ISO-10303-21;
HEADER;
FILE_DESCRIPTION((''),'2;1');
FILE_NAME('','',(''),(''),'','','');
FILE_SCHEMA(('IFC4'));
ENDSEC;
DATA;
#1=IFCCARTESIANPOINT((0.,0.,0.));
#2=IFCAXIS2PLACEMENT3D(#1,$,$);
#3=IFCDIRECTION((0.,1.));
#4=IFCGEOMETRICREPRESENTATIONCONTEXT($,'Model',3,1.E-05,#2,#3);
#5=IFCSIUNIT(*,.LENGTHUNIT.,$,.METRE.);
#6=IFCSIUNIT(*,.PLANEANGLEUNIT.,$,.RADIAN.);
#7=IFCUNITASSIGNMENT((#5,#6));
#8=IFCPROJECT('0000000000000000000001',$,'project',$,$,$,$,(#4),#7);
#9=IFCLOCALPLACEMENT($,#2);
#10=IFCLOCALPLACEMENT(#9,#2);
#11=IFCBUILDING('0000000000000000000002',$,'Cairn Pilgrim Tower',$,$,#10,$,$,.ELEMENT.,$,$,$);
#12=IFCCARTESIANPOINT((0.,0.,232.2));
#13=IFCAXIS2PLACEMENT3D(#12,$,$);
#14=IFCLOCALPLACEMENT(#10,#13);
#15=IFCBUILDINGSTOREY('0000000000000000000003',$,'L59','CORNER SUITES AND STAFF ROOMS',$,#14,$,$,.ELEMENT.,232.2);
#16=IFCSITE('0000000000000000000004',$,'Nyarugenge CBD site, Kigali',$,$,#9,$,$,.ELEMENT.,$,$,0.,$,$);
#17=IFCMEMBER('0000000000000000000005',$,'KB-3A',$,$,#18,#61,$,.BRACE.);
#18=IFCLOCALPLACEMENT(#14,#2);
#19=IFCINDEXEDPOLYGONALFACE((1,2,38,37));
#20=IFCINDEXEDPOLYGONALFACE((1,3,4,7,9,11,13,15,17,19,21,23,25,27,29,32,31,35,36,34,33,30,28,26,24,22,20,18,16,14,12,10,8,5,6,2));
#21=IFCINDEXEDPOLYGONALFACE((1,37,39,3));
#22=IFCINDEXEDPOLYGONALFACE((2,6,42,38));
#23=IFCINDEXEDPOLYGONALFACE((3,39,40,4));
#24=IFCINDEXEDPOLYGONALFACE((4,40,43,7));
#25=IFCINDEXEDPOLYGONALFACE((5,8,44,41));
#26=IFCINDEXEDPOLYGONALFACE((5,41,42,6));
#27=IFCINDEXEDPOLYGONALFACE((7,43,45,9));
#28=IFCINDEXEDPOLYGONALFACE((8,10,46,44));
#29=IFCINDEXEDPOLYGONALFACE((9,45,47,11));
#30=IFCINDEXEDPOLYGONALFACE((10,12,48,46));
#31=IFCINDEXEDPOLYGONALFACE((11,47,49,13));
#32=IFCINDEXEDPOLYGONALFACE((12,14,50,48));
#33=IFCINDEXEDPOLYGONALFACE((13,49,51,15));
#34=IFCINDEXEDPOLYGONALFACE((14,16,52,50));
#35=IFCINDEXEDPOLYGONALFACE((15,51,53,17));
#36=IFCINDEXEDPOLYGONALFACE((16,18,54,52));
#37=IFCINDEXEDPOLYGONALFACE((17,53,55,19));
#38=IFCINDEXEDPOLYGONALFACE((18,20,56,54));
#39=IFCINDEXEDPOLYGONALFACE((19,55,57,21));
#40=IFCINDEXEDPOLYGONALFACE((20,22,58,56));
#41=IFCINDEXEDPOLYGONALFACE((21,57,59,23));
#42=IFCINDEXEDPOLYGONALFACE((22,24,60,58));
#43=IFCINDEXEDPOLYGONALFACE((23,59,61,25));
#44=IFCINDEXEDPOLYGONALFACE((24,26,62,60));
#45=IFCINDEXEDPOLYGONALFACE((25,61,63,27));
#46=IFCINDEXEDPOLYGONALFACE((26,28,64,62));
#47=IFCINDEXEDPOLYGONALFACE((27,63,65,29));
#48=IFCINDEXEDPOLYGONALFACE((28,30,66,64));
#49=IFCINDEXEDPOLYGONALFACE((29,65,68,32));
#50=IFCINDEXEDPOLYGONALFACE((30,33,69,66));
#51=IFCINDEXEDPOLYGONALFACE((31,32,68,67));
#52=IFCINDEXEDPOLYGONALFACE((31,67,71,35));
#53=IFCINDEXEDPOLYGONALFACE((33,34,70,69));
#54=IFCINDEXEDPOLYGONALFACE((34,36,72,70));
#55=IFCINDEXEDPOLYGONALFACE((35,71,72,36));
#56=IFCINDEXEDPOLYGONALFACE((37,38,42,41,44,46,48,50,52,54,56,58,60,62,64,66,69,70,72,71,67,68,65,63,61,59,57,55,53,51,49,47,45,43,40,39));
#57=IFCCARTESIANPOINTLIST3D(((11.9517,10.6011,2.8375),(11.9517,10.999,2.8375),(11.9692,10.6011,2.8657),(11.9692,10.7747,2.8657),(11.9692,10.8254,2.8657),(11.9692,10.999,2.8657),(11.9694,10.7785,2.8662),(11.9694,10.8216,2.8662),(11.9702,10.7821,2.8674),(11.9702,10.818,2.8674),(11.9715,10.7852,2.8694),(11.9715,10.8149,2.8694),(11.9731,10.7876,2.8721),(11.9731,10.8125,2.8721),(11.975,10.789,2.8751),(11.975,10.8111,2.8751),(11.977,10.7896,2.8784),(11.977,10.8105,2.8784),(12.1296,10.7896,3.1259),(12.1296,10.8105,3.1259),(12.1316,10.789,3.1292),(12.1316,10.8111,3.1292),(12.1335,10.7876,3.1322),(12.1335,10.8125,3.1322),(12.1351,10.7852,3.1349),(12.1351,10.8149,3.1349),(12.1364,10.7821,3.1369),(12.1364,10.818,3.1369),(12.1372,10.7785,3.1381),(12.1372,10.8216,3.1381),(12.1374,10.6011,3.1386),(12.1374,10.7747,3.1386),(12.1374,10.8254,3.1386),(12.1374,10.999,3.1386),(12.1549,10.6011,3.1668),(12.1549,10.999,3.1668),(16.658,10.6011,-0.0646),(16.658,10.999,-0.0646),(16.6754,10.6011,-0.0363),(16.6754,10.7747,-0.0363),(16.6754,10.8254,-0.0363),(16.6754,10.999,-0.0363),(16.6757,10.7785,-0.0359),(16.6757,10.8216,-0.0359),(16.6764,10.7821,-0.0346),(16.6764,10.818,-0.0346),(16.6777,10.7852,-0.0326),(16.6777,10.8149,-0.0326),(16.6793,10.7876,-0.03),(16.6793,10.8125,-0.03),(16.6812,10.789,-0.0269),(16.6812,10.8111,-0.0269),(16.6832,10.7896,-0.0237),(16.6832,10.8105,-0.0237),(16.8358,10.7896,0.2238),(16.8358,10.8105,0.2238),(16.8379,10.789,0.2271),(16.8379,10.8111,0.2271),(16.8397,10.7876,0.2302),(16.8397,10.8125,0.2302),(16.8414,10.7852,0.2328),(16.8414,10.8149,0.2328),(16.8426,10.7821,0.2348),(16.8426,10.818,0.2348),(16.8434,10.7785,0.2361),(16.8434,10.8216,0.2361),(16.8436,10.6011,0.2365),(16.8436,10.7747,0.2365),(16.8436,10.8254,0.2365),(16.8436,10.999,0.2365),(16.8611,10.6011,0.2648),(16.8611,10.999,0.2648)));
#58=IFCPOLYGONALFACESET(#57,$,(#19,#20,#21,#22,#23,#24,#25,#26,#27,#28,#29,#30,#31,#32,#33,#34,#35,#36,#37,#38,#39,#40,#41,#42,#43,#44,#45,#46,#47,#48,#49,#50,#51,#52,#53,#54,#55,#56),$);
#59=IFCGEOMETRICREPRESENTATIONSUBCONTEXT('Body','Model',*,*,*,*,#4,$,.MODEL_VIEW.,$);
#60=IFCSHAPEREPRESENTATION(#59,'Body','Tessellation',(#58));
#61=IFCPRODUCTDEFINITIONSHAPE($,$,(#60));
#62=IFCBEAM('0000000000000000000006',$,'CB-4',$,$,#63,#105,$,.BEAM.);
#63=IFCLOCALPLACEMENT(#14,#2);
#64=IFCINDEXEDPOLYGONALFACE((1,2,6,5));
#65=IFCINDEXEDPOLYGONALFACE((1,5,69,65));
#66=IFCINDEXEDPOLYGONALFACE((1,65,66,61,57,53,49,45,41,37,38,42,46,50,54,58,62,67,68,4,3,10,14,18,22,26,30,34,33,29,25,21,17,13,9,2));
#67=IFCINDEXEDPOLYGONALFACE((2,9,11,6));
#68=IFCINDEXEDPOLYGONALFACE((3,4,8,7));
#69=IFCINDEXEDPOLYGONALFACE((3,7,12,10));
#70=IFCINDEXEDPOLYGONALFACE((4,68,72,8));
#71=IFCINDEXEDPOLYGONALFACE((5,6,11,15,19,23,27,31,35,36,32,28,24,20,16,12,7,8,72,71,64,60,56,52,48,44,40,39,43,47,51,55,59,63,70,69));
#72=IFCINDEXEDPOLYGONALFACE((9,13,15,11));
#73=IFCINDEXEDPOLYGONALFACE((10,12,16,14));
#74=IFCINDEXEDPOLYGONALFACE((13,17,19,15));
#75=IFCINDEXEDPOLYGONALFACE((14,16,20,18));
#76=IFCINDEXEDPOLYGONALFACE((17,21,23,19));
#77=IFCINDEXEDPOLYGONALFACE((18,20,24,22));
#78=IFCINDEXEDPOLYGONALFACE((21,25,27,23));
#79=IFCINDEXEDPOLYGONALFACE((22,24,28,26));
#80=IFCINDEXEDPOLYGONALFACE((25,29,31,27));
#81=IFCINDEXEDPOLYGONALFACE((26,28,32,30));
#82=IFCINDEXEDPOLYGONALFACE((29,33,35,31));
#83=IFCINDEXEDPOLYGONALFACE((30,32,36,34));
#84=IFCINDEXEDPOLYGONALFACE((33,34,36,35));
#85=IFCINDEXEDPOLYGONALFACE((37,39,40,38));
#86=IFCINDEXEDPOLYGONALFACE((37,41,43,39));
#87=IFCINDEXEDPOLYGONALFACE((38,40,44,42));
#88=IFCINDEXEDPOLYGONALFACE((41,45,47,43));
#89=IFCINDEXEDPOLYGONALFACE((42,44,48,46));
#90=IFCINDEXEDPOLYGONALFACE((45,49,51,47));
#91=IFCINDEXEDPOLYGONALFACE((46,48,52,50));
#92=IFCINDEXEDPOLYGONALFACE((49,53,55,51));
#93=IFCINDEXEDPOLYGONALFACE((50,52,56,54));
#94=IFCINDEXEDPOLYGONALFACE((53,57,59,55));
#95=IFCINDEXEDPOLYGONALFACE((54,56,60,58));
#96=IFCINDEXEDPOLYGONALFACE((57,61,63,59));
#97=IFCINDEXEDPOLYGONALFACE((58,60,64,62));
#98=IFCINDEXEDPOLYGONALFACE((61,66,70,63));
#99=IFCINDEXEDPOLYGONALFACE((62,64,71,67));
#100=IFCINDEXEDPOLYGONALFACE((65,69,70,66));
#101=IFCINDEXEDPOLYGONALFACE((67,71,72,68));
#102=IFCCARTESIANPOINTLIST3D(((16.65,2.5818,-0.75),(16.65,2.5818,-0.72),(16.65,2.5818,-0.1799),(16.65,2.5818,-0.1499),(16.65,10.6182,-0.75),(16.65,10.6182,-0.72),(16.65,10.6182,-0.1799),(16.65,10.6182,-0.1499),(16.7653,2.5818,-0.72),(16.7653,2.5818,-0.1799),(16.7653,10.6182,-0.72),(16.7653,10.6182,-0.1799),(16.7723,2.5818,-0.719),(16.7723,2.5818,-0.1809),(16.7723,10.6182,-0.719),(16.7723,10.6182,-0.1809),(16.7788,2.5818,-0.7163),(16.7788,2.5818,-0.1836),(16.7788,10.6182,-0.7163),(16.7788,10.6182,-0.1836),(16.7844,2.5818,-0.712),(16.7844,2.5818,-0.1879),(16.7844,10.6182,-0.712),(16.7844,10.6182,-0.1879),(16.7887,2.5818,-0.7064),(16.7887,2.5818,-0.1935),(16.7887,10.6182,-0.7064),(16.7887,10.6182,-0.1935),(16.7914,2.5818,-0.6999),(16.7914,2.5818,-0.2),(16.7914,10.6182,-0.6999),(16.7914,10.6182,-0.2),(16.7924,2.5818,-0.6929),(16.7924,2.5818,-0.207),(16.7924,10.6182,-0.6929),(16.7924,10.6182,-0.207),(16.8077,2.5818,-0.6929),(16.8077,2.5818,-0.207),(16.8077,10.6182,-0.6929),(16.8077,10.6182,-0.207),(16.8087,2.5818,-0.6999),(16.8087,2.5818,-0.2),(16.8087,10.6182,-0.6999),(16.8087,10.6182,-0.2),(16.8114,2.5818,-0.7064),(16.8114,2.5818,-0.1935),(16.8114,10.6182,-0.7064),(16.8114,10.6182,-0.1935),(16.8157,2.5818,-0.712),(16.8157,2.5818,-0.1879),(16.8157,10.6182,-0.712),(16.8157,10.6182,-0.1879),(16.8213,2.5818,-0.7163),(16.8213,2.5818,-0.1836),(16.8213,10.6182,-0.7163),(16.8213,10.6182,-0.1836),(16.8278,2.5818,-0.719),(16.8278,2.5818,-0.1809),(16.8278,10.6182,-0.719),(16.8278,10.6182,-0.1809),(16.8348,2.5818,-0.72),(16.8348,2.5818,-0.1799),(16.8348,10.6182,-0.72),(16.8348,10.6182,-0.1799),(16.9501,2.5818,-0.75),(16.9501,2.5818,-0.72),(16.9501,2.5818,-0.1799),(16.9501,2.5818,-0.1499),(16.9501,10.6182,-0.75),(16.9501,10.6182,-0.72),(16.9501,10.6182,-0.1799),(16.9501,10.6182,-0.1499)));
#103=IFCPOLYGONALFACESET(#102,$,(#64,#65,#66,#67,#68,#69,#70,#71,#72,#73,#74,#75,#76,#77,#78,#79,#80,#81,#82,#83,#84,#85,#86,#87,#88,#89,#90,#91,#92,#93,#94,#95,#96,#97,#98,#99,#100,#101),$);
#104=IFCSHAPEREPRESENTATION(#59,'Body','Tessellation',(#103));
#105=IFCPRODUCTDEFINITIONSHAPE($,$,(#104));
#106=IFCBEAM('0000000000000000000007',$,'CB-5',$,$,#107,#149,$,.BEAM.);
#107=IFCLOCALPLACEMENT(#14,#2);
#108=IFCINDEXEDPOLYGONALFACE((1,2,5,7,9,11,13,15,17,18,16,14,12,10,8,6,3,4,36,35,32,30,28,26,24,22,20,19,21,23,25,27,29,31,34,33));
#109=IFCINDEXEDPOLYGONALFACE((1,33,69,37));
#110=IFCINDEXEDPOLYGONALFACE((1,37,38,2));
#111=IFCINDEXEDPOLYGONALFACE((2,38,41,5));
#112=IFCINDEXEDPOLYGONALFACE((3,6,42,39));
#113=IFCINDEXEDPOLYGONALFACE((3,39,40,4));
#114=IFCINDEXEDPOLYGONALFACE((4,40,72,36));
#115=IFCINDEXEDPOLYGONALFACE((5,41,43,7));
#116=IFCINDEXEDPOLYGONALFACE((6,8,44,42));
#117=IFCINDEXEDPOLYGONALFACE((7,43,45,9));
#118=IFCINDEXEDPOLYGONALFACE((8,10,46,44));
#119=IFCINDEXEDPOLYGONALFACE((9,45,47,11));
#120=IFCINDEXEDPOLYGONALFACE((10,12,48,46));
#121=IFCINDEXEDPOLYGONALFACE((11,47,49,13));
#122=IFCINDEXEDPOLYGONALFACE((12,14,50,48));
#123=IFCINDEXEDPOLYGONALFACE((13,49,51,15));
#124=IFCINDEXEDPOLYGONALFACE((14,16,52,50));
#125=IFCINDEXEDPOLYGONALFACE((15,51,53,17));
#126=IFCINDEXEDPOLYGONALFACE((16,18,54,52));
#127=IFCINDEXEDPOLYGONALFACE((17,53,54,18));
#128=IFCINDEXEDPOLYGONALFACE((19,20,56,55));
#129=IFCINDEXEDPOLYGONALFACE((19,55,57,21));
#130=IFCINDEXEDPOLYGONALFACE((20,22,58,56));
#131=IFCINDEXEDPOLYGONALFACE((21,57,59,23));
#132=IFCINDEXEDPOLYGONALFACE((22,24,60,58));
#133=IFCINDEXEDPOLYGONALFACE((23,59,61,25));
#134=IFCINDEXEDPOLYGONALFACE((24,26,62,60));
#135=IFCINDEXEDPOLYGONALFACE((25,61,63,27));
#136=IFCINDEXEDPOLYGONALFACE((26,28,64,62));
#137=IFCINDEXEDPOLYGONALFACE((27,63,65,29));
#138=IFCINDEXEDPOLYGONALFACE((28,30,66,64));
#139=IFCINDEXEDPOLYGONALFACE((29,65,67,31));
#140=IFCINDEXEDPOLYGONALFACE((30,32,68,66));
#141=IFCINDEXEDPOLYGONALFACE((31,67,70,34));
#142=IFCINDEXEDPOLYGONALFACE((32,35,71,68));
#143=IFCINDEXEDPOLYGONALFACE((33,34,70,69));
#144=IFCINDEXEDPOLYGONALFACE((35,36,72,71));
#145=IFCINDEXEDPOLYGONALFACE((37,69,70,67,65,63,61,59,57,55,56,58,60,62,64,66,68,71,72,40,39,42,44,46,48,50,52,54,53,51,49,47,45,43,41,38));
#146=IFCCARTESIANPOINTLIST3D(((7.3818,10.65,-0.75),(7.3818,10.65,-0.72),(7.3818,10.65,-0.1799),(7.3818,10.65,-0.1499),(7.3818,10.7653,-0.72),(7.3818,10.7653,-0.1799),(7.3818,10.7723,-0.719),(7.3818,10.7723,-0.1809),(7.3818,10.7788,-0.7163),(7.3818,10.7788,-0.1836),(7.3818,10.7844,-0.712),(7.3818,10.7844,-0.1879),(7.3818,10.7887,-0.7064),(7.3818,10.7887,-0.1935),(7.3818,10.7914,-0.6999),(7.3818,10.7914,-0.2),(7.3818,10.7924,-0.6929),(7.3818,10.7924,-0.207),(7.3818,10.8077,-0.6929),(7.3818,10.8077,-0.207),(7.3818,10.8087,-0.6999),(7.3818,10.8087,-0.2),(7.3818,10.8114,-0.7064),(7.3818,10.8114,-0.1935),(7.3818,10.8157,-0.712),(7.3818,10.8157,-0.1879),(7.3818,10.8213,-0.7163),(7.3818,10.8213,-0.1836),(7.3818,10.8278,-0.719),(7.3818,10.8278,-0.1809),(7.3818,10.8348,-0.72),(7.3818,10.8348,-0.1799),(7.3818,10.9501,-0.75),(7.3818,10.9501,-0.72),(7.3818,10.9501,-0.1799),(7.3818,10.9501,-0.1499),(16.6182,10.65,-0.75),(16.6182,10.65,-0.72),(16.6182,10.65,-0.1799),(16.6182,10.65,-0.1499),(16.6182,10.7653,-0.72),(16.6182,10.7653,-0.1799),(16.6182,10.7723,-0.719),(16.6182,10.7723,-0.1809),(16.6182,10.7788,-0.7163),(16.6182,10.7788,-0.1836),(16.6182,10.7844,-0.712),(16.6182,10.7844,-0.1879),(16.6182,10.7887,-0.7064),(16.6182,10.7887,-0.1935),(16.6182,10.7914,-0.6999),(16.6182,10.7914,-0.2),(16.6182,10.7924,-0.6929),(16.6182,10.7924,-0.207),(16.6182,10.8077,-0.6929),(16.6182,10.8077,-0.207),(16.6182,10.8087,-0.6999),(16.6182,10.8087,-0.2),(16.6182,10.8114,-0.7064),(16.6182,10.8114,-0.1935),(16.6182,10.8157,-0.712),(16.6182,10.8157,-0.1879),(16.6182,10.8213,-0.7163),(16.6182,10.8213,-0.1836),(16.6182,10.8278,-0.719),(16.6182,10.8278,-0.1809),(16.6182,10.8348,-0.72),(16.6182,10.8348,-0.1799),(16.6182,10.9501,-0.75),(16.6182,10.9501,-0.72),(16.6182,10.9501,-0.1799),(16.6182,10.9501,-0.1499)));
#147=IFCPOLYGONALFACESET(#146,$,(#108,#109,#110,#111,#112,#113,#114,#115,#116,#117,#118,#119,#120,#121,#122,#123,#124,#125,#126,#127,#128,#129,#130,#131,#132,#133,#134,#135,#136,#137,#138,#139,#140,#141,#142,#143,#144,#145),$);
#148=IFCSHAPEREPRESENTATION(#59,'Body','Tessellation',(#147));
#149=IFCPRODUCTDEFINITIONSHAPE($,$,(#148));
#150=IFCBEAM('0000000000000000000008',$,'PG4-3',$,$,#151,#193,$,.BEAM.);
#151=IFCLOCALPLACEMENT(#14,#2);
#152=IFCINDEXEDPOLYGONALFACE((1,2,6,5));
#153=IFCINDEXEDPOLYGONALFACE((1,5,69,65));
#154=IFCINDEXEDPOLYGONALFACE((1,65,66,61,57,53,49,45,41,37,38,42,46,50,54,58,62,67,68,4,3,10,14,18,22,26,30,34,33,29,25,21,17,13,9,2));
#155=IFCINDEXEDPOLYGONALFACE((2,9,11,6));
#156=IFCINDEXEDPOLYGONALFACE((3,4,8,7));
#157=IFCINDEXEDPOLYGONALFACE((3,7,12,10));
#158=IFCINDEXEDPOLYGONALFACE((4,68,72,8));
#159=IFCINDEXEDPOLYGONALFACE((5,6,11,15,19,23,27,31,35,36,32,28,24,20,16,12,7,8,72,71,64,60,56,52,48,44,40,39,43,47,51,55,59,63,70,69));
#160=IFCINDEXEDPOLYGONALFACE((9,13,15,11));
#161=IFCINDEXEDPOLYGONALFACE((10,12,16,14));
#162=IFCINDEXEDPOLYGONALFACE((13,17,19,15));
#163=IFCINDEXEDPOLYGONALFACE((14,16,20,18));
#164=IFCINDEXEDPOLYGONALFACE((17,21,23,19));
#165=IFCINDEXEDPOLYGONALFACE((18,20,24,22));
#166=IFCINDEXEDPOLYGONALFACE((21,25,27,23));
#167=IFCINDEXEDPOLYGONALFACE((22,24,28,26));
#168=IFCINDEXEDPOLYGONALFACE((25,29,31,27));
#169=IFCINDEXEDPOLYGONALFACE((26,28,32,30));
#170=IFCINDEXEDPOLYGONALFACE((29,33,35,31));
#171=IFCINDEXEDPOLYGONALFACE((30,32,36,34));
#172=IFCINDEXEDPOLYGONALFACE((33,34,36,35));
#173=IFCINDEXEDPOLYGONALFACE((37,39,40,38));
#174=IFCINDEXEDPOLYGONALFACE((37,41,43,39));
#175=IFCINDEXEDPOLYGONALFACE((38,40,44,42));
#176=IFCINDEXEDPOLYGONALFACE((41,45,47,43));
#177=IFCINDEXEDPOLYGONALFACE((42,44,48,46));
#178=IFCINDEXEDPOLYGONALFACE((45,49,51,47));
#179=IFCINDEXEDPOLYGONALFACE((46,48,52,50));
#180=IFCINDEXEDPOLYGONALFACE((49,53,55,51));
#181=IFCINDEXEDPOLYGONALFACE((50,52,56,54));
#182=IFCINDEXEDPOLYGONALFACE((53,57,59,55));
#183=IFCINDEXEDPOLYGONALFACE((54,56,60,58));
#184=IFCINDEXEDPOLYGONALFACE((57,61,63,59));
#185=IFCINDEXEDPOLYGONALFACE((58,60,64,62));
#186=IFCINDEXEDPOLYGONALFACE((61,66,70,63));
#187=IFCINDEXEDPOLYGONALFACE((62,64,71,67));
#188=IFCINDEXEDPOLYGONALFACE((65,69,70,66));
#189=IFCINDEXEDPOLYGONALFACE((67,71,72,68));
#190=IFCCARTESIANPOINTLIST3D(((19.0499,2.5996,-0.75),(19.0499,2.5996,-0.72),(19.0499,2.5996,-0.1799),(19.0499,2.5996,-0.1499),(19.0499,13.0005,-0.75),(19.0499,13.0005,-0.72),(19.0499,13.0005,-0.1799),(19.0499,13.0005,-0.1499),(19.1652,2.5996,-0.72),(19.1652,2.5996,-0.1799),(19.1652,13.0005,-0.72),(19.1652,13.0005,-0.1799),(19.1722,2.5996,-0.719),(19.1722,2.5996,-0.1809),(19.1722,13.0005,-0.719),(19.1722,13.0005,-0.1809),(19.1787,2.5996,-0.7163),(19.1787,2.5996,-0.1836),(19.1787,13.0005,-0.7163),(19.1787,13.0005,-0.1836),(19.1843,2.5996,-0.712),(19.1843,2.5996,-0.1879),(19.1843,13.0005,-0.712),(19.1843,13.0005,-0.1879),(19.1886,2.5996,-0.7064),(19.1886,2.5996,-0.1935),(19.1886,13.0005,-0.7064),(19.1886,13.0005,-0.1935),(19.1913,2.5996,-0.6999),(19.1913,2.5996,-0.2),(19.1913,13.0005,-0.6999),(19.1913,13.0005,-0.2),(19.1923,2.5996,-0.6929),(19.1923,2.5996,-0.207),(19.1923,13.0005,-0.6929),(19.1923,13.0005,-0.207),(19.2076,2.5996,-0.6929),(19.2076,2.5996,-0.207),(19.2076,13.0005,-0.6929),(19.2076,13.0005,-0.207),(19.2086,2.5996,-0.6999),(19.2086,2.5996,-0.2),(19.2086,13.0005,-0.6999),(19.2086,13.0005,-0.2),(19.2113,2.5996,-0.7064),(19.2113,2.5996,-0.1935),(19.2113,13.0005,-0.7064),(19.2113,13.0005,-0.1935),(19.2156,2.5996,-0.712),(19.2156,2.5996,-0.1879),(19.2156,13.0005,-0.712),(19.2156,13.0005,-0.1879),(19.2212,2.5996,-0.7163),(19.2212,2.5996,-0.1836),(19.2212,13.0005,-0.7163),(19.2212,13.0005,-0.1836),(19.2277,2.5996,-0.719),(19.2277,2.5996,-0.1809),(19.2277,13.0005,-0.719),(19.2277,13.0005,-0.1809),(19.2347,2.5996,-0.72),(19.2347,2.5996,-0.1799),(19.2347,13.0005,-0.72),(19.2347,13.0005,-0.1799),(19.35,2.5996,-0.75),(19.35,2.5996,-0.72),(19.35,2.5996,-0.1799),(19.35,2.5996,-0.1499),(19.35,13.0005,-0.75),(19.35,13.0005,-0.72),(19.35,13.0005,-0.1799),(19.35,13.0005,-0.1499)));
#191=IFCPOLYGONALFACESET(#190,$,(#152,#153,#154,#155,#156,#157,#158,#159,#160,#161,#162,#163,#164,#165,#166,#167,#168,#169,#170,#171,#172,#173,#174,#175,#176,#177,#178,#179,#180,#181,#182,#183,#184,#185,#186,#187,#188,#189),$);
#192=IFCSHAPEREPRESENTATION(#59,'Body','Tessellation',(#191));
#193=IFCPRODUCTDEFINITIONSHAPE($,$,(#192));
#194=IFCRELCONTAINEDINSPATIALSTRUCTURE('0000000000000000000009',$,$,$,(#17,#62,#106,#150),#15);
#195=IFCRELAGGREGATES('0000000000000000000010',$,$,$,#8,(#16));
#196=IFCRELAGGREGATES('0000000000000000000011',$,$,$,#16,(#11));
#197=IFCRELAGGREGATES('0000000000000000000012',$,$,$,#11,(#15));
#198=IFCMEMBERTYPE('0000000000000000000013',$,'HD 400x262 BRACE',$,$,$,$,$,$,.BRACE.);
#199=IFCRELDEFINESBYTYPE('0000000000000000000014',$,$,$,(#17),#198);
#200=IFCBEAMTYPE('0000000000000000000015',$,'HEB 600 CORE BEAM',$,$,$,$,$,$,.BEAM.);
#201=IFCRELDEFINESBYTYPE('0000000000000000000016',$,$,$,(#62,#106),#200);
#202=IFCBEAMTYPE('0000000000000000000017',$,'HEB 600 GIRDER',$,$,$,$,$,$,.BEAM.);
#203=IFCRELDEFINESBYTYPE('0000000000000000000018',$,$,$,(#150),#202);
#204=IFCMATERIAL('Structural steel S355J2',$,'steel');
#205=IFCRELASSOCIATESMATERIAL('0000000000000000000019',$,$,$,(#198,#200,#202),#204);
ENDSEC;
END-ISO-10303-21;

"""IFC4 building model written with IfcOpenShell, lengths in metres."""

from ifc_helpers import new_model, si_unit, direction, frame, origin, origin_2d, place, context, subcontext, project, spatial, i_section, extrude, material, material_profile, profile_set, type_object, element, save


model = new_model("IFC4")

# Units and contexts
model_context = context("Model", 3, precision=1e-05, world=origin(), true_north=direction((0.0, 1.0)))
body_context = subcontext(model_context, "Body", "Model", "MODEL_VIEW")
ifc_project = project(units=[si_unit("LENGTHUNIT", "METRE"), si_unit("PLANEANGLEUNIT", "RADIAN")], contexts=[model_context])

# Site, building, storey
site_placement = place(None, origin())
site = spatial("IfcSite", under=ifc_project, at=site_placement, Name="Nyarugenge CBD site, Kigali", CompositionType="ELEMENT", RefElevation=0.0)
building_placement = place(site_placement, origin())
building = spatial("IfcBuilding", under=site, at=building_placement, Name="Cairn Pilgrim Tower", CompositionType="ELEMENT")
storey_placement = place(building_placement, frame((0.0, 0.0, 232.2)))
storey = spatial("IfcBuildingStorey", under=building, at=storey_placement, Name="L59", Description="CORNER SUITES AND STAFF ROOMS", CompositionType="ELEMENT", Elevation=232.2)

# Shared definitions
ifc_material_1 = material(Name="Structural steel S355J2", Category="steel")

# Member
ifc_material_profile_1 = material_profile(ifc_material_1, i_section(OverallWidth=0.3979, OverallDepth=0.387, WebThickness=0.021, FlangeThickness=0.0332, FilletRadius=0.0149, at=origin_2d()), Name="HD 400x262")
ifc_profile_set_1 = profile_set([ifc_material_profile_1], Name="Structural steel S355J2")
member_type = type_object("IfcMemberType", Name="HD 400x262 BRACE", PredefinedType="BRACE", material=ifc_profile_set_1)
member_1_placement = place(storey_placement, frame((16.7595, 10.8, 0.1001), z_axis=(-0.85118, 0.0, 0.524873), x_axis=(0.0, -1.0, 0.0)))
element("IfcMember", 1, at=member_1_placement, inside=storey, type_object=member_type, Name="KB-3A", PredefinedType="BRACE", context=body_context, shape_type="SweptSolid", body=[
    extrude(i_section(OverallWidth=0.3979, OverallDepth=0.387, WebThickness=0.021, FlangeThickness=0.0332, FilletRadius=0.0149, at=origin_2d()), origin(), (0.0, 0.0, 1.0), 5.5291),
])

# Beams
ifc_material_profile_2 = material_profile(ifc_material_1, i_section(OverallWidth=0.3, OverallDepth=0.6001, WebThickness=0.0154, FlangeThickness=0.03, FilletRadius=0.0271, at=origin_2d()), Name="HEB 600")
ifc_profile_set_2 = profile_set([ifc_material_profile_2], Name="Structural steel S355J2")
beam_type_1 = type_object("IfcBeamType", Name="HEB 600 CORE BEAM", PredefinedType="BEAM", material=ifc_profile_set_2)
beam_1_placement = place(storey_placement, frame((16.8, 2.5818, -0.45), z_axis=(0.0, 1.0, 0.0), x_axis=(-1.0, 0.0, 0.0)))
element("IfcBeam", 2, at=beam_1_placement, inside=storey, type_object=beam_type_1, Name="CB-4", PredefinedType="BEAM", context=body_context, shape_type="SweptSolid", body=[
    extrude(i_section(OverallWidth=0.3, OverallDepth=0.6001, WebThickness=0.0154, FlangeThickness=0.03, FilletRadius=0.0271, at=origin_2d()), origin(), (0.0, 0.0, 1.0), 8.0364),
])
beam_2_placement = place(storey_placement, frame((16.6182, 10.8, -0.45), z_axis=(-1.0, 0.0, 0.0), x_axis=(0.0, -1.0, 0.0)))
element("IfcBeam", 3, at=beam_2_placement, inside=storey, type_object=beam_type_1, Name="CB-5", PredefinedType="BEAM", context=body_context, shape_type="SweptSolid", body=[
    extrude(i_section(OverallWidth=0.3, OverallDepth=0.6001, WebThickness=0.0154, FlangeThickness=0.03, FilletRadius=0.0271, at=origin_2d()), origin(), (0.0, 0.0, 1.0), 9.2363),
])
ifc_material_profile_3 = material_profile(ifc_material_1, i_section(OverallWidth=0.3, OverallDepth=0.6001, WebThickness=0.0154, FlangeThickness=0.03, FilletRadius=0.0271, at=origin_2d()), Name="HEB 600")
ifc_profile_set_3 = profile_set([ifc_material_profile_3], Name="Structural steel S355J2")
beam_type_2 = type_object("IfcBeamType", Name="HEB 600 GIRDER", PredefinedType="BEAM", material=ifc_profile_set_3)
beam_3_placement = place(storey_placement, frame((19.2, 2.5996, -0.45), z_axis=(0.0, 1.0, 0.0), x_axis=(-1.0, 0.0, 0.0)))
element("IfcBeam", 4, at=beam_3_placement, inside=storey, type_object=beam_type_2, Name="PG4-3", PredefinedType="BEAM", context=body_context, shape_type="SweptSolid", body=[
    extrude(i_section(OverallWidth=0.3, OverallDepth=0.6001, WebThickness=0.0154, FlangeThickness=0.03, FilletRadius=0.0271, at=origin_2d()), origin(), (0.0, 0.0, 1.0), 10.4009),
])

save(model, "model.ifc")
